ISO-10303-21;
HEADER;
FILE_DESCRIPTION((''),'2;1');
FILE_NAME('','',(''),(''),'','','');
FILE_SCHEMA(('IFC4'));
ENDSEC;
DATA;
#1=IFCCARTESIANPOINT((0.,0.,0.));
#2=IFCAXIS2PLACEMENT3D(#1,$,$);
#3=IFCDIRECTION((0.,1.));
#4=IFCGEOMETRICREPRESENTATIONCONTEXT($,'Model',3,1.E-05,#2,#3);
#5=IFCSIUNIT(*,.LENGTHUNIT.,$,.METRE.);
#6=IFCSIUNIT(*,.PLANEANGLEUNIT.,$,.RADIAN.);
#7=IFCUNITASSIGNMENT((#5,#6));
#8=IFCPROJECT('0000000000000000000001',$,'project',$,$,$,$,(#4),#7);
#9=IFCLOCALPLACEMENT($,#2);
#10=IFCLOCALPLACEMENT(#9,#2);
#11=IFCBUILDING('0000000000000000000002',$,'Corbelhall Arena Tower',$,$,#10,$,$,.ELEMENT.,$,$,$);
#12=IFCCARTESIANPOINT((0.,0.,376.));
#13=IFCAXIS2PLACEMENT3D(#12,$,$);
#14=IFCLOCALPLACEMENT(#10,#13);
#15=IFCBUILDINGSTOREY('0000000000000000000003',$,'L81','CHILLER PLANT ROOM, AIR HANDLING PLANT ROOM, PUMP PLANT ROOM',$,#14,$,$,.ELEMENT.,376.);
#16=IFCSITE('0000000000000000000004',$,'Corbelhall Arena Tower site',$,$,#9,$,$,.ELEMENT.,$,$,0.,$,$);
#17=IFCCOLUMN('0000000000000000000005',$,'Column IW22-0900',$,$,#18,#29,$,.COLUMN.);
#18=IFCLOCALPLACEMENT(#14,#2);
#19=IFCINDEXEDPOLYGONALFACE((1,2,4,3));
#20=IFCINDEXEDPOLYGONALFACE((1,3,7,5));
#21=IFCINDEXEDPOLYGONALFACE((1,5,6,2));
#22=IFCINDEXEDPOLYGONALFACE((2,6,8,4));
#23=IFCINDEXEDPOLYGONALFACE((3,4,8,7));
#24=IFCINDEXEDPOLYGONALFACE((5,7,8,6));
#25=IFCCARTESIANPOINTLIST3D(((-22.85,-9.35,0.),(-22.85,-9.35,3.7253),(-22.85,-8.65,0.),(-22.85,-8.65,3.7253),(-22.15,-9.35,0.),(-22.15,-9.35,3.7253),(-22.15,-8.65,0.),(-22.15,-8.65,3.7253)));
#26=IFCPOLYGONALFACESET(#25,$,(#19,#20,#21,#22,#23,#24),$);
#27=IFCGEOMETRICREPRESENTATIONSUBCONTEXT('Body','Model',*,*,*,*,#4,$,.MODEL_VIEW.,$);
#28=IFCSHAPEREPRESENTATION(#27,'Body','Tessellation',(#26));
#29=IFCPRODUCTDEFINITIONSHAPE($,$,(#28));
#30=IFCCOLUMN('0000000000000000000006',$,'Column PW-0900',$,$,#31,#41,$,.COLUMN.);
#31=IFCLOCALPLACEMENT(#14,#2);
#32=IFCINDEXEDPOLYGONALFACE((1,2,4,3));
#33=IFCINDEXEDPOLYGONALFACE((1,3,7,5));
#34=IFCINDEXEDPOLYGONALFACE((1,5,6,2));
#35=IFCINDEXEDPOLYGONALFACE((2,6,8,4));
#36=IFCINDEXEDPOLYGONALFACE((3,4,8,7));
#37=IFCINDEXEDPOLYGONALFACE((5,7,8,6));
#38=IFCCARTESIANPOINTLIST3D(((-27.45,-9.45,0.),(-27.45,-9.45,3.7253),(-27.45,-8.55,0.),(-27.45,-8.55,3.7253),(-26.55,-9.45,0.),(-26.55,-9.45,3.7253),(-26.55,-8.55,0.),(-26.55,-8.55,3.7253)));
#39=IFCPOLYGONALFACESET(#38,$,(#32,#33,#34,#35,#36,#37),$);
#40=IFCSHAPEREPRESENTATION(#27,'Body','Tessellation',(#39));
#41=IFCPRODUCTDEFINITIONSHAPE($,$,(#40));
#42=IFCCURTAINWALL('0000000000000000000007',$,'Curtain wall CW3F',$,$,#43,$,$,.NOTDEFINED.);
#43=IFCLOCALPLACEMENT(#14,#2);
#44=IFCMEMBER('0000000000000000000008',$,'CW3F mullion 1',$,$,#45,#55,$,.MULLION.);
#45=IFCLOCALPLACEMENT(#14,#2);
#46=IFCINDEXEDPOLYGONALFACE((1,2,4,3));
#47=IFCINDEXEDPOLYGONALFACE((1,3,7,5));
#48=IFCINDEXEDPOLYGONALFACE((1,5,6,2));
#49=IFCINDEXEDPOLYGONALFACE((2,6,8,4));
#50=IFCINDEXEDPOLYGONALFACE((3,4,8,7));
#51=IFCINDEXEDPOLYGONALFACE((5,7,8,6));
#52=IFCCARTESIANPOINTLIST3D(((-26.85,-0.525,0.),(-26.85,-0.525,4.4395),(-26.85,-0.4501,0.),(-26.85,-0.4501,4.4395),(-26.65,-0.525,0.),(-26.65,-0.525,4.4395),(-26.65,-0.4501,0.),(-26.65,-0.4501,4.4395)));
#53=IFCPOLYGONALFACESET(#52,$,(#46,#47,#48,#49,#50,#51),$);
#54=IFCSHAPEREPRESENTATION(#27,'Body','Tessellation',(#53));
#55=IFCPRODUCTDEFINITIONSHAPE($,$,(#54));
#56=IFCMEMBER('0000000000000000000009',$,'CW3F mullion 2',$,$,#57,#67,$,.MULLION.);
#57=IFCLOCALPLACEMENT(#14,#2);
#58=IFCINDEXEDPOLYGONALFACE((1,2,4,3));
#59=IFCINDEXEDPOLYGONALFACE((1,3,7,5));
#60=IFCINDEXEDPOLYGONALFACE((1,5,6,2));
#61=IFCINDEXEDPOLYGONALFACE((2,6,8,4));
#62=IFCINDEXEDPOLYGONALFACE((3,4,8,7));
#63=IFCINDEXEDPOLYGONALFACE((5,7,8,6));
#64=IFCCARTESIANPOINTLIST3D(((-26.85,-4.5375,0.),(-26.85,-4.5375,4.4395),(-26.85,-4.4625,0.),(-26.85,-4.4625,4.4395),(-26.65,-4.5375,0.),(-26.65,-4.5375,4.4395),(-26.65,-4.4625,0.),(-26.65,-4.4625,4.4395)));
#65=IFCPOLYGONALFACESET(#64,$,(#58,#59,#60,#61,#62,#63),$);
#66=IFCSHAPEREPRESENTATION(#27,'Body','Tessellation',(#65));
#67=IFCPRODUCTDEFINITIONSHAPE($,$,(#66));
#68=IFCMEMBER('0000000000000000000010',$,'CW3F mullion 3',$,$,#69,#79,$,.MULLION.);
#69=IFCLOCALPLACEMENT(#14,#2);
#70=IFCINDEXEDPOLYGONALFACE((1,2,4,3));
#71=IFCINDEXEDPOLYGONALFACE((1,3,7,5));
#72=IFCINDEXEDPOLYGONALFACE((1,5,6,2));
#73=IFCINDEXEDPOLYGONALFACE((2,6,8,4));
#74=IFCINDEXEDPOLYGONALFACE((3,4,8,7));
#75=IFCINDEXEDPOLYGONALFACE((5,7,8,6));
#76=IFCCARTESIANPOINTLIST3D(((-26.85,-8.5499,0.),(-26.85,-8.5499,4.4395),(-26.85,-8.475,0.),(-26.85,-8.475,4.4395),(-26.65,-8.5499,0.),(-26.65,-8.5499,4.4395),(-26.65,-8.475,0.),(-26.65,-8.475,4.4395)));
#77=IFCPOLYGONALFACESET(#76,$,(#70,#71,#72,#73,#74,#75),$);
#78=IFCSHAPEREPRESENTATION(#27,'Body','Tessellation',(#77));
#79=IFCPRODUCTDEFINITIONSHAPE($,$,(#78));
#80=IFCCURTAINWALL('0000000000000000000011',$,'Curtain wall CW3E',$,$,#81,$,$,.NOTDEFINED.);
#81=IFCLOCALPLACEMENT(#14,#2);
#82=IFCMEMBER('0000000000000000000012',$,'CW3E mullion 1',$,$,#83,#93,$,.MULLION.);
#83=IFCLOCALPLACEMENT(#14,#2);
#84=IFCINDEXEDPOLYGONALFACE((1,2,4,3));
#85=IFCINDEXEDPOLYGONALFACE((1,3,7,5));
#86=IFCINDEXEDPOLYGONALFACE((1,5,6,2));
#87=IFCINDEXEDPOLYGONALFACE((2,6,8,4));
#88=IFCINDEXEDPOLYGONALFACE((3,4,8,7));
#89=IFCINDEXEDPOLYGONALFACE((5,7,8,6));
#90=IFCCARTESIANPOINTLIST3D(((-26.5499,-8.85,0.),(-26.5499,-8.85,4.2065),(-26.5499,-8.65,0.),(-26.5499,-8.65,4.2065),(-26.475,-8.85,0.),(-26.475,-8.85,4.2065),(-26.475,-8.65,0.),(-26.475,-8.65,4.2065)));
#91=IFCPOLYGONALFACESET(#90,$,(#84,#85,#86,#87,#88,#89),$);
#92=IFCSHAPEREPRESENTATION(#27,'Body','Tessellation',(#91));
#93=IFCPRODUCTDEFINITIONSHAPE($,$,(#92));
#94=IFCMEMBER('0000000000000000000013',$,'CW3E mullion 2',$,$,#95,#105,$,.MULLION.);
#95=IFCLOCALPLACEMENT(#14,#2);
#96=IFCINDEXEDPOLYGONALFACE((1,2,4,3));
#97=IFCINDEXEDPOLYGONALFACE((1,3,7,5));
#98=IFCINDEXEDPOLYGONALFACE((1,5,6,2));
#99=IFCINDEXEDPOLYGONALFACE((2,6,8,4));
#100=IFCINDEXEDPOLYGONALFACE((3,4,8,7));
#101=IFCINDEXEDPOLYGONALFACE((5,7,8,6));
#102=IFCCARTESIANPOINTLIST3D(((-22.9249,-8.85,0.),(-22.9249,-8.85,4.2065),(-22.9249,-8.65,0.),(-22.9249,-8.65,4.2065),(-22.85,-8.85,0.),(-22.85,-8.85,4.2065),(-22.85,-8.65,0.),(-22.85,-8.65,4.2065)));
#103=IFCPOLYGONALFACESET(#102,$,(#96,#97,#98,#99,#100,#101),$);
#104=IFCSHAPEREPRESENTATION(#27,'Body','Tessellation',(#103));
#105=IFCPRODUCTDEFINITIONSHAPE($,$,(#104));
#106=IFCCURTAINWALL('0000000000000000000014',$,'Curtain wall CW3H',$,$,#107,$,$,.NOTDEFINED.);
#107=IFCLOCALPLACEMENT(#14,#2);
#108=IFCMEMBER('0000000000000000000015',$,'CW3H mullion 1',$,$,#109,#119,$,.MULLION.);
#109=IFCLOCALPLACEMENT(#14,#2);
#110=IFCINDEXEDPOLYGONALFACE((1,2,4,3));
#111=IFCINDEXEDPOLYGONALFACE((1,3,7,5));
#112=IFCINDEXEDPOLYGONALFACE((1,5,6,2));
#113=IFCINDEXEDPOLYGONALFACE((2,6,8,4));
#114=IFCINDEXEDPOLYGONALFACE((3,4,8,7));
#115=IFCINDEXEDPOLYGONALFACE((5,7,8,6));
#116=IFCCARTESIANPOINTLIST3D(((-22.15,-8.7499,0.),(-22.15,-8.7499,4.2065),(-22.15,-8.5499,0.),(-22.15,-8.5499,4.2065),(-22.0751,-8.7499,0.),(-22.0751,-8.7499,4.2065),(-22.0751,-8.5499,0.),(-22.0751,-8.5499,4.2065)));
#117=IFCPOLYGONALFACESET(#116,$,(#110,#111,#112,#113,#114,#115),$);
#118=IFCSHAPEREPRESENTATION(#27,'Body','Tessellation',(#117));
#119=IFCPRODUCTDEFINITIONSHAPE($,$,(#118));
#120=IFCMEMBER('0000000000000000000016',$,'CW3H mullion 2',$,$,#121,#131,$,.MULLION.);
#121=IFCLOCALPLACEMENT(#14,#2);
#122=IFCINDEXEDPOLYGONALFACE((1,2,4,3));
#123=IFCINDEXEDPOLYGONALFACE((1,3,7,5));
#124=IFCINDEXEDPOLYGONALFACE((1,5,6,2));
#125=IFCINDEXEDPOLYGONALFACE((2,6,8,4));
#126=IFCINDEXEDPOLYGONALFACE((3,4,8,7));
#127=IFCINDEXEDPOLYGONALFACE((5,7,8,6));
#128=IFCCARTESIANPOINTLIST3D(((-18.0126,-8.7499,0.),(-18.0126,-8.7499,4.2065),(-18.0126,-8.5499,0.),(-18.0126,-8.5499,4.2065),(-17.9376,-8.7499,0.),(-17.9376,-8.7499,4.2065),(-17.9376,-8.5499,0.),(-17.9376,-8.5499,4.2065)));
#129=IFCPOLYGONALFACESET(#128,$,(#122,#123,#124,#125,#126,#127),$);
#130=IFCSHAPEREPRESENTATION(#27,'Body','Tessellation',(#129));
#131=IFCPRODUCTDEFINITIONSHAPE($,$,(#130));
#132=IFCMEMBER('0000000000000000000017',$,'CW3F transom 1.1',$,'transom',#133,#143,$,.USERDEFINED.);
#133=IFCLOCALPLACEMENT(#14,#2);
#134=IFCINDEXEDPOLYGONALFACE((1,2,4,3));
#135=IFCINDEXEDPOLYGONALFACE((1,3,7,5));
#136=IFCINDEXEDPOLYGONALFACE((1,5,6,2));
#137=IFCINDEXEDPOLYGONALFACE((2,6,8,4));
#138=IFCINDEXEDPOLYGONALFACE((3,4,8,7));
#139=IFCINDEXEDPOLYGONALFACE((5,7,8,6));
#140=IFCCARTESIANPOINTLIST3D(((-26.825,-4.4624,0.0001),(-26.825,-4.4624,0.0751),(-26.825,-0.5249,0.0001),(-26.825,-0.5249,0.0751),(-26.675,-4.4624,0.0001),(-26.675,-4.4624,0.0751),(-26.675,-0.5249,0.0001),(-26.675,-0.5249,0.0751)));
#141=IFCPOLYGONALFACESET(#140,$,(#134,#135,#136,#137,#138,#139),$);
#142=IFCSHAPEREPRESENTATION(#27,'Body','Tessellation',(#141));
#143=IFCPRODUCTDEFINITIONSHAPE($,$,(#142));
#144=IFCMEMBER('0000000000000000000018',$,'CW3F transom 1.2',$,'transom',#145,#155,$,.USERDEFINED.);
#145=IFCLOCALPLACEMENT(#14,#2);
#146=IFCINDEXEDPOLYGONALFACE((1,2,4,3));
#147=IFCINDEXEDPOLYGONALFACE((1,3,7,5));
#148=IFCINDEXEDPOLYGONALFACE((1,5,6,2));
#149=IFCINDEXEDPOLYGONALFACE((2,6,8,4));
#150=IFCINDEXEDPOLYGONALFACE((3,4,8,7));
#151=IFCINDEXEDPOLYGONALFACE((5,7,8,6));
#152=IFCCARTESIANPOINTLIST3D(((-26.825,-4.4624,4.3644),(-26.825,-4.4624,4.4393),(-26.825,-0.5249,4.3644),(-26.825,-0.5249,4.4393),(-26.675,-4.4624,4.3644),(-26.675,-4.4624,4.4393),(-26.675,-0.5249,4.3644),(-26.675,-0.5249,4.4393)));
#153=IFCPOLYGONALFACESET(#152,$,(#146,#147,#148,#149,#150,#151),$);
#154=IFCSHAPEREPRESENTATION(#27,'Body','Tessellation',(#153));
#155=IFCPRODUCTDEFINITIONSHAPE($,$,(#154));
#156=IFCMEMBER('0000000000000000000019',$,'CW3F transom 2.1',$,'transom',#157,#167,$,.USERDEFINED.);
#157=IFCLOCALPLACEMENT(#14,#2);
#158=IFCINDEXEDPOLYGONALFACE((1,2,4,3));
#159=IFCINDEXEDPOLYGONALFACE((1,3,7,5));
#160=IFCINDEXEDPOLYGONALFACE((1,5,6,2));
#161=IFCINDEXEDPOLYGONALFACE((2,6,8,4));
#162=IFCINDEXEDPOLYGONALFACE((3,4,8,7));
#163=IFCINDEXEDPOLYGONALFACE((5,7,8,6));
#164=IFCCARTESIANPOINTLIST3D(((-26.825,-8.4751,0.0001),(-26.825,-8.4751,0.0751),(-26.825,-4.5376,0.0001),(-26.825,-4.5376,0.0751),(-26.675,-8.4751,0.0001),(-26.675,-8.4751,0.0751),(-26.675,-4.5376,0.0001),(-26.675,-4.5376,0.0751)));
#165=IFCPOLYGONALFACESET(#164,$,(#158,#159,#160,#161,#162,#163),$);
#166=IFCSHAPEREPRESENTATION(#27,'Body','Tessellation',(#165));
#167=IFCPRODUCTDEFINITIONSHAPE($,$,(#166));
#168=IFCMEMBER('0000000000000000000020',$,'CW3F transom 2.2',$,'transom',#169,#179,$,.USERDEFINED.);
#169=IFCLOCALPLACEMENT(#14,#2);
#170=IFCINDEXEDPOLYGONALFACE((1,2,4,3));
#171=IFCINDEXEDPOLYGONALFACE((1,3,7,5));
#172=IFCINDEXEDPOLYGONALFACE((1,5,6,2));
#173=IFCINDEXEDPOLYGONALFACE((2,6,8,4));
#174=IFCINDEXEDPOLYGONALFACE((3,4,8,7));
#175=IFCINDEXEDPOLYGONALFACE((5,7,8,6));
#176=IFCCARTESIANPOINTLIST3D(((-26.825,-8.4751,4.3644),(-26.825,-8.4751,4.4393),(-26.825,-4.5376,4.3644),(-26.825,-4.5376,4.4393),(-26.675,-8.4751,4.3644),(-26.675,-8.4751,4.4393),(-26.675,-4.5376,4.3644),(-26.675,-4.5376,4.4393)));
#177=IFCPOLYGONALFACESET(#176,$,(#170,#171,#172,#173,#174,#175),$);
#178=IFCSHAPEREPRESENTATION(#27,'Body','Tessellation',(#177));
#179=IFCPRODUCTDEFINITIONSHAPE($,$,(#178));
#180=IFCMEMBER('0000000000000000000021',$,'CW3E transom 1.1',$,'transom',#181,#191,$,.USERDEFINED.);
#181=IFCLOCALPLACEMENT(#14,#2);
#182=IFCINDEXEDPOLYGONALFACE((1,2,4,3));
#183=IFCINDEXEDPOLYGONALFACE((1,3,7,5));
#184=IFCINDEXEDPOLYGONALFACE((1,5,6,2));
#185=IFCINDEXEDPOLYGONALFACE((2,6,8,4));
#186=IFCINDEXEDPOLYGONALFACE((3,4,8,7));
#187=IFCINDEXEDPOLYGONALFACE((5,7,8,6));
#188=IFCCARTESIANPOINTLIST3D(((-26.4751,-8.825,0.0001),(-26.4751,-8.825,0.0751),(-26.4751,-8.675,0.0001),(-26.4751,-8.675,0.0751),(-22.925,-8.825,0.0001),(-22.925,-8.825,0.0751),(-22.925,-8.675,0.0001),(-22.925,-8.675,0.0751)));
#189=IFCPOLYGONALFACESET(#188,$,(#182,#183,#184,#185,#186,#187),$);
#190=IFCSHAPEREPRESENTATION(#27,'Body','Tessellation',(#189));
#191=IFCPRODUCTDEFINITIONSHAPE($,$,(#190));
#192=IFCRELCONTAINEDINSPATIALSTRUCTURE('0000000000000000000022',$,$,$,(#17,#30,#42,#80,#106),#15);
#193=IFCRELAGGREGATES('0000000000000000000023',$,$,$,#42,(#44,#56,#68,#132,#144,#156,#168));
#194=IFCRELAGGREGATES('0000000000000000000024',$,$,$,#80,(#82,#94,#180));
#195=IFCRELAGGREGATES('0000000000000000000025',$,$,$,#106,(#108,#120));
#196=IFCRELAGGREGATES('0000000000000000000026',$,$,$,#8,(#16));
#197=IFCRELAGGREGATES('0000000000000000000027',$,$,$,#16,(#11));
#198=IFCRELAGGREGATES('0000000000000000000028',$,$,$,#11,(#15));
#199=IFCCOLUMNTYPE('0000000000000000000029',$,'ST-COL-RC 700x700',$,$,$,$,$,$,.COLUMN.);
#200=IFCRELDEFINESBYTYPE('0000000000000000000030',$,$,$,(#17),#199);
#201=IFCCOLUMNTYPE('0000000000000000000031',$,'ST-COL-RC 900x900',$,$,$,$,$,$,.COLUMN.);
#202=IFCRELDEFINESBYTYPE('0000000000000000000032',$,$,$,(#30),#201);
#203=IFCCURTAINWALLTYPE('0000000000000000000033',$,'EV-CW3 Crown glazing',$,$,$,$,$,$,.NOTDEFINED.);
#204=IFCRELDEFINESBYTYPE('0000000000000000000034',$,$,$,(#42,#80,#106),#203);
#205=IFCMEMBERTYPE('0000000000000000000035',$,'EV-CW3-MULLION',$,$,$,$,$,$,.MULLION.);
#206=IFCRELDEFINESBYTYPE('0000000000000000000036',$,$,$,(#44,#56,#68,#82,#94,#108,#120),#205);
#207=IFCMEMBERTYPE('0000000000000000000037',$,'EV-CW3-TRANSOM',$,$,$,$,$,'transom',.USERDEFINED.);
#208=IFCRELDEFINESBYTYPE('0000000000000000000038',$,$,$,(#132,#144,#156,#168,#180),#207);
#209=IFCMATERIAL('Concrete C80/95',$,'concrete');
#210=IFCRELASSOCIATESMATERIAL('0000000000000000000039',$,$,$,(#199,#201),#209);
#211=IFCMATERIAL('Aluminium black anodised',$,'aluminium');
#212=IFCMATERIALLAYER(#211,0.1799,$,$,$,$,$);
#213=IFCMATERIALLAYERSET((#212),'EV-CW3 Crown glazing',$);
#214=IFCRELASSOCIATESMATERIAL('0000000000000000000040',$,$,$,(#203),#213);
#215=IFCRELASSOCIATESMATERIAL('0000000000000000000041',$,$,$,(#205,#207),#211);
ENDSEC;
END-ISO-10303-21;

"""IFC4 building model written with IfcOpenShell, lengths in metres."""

from ifc_helpers import new_model, si_unit, direction, frame, origin, origin_2d, place, context, subcontext, project, spatial, rectangle, extrude, material, layer, layer_set, material_profile, profile_set, type_object, element, aggregate, save


model = new_model("IFC4")

# Units and contexts
model_context = context("Model", 3, precision=1e-05, world=origin(), true_north=direction((0.0, 1.0)))
body_context = subcontext(model_context, "Body", "Model", "MODEL_VIEW")
ifc_project = project(units=[si_unit("LENGTHUNIT", "METRE"), si_unit("PLANEANGLEUNIT", "RADIAN")], contexts=[model_context])

# Site, building, storey
site_placement = place(None, origin())
site = spatial("IfcSite", under=ifc_project, at=site_placement, Name="Corbelhall Arena Tower site", CompositionType="ELEMENT", RefElevation=0.0)
building_placement = place(site_placement, origin())
building = spatial("IfcBuilding", under=site, at=building_placement, Name="Corbelhall Arena Tower", CompositionType="ELEMENT")
storey_placement = place(building_placement, frame((0.0, 0.0, 376.0)))
storey = spatial("IfcBuildingStorey", under=building, at=storey_placement, Name="L81", Description="CHILLER PLANT ROOM, AIR HANDLING PLANT ROOM, PUMP PLANT ROOM", CompositionType="ELEMENT", Elevation=376.0)

# Columns
ifc_material_1 = material(Name="Concrete C80/95", Category="concrete")
ifc_material_profile_1 = material_profile(ifc_material_1, rectangle(XDim=0.7, YDim=0.7, at=origin_2d()))
ifc_profile_set_1 = profile_set([ifc_material_profile_1], Name="Concrete C80/95")
column_type_1 = type_object("IfcColumnType", Name="ST-COL-RC 700x700", PredefinedType="COLUMN", material=ifc_profile_set_1)
column_1_placement = place(storey_placement, frame((-22.5, -9.0, 0.0), z_axis=(0.0, 0.0, 1.0), x_axis=(1.0, 0.0, 0.0)))
element("IfcColumn", 1, at=column_1_placement, inside=storey, type_object=column_type_1, Name="Column IW22-0900", PredefinedType="COLUMN", context=body_context, shape_type="SweptSolid", body=[
    extrude(rectangle(XDim=0.7, YDim=0.7, at=origin_2d()), origin(), (0.0, 0.0, 1.0), 3.7253),
])
ifc_material_profile_2 = material_profile(ifc_material_1, rectangle(XDim=0.8999, YDim=0.8999, at=origin_2d()))
ifc_profile_set_2 = profile_set([ifc_material_profile_2], Name="Concrete C80/95")
column_type_2 = type_object("IfcColumnType", Name="ST-COL-RC 900x900", PredefinedType="COLUMN", material=ifc_profile_set_2)
column_2_placement = place(storey_placement, frame((-27.0, -9.0, 0.0), z_axis=(0.0, 0.0, 1.0), x_axis=(0.0, 1.0, 0.0)))
element("IfcColumn", 2, at=column_2_placement, inside=storey, type_object=column_type_2, Name="Column PW-0900", PredefinedType="COLUMN", context=body_context, shape_type="SweptSolid", body=[
    extrude(rectangle(XDim=0.8999, YDim=0.8999, at=origin_2d()), origin(), (0.0, 0.0, 1.0), 3.7253),
])

# Curtain walls, members
ifc_material_2 = material(Name="Aluminium black anodised", Category="aluminium")
ifc_layer_1 = layer(ifc_material_2, 0.1799)
ifc_layer_set_1 = layer_set([ifc_layer_1], Name="EV-CW3 Crown glazing")
curtain_wall_type = type_object("IfcCurtainWallType", Name="EV-CW3 Crown glazing", PredefinedType="NOTDEFINED", material=ifc_layer_set_1)
curtain_wall_1_placement = place(storey_placement, origin())
curtain_wall_1 = element("IfcCurtainWall", 3, at=curtain_wall_1_placement, inside=storey, type_object=curtain_wall_type, Name="Curtain wall CW3F", PredefinedType="NOTDEFINED")
ifc_material_profile_3 = material_profile(ifc_material_2, rectangle(XDim=0.2, YDim=0.075, at=origin_2d()))
ifc_profile_set_3 = profile_set([ifc_material_profile_3], Name="Aluminium black anodised")
member_type_1 = type_object("IfcMemberType", Name="EV-CW3-MULLION", PredefinedType="MULLION", material=ifc_profile_set_3)
member_1_placement = place(storey_placement, frame((-26.75, -0.4875, 0.0), z_axis=(0.0, 0.0, 1.0), x_axis=(1.0, 0.0, 0.0)))
member_1 = element("IfcMember", 4, at=member_1_placement, type_object=member_type_1, Name="CW3F mullion 1", PredefinedType="MULLION", context=body_context, shape_type="SweptSolid", body=[
    extrude(rectangle(XDim=0.2, YDim=0.075, at=origin_2d()), origin(), (0.0, 0.0, 1.0), 4.4395),
])
member_2_placement = place(storey_placement, frame((-26.75, -4.5, 0.0), z_axis=(0.0, 0.0, 1.0), x_axis=(1.0, 0.0, 0.0)))
member_2 = element("IfcMember", 5, at=member_2_placement, type_object=member_type_1, Name="CW3F mullion 2", PredefinedType="MULLION", context=body_context, shape_type="SweptSolid", body=[
    extrude(rectangle(XDim=0.2, YDim=0.075, at=origin_2d()), origin(), (0.0, 0.0, 1.0), 4.4395),
])
member_3_placement = place(storey_placement, frame((-26.75, -8.5125, 0.0), z_axis=(0.0, 0.0, 1.0), x_axis=(1.0, 0.0, 0.0)))
member_3 = element("IfcMember", 6, at=member_3_placement, type_object=member_type_1, Name="CW3F mullion 3", PredefinedType="MULLION", context=body_context, shape_type="SweptSolid", body=[
    extrude(rectangle(XDim=0.2, YDim=0.075, at=origin_2d()), origin(), (0.0, 0.0, 1.0), 4.4395),
])
curtain_wall_2_placement = place(storey_placement, origin())
curtain_wall_2 = element("IfcCurtainWall", 7, at=curtain_wall_2_placement, inside=storey, type_object=curtain_wall_type, Name="Curtain wall CW3E", PredefinedType="NOTDEFINED")
member_4_placement = place(storey_placement, frame((-26.5125, -8.75, 0.0), z_axis=(0.0, 0.0, 1.0), x_axis=(0.0, 1.0, 0.0)))
member_4 = element("IfcMember", 8, at=member_4_placement, type_object=member_type_1, Name="CW3E mullion 1", PredefinedType="MULLION", context=body_context, shape_type="SweptSolid", body=[
    extrude(rectangle(XDim=0.2, YDim=0.075, at=origin_2d()), origin(), (0.0, 0.0, 1.0), 4.2065),
])
member_5_placement = place(storey_placement, frame((-22.8875, -8.75, 0.0), z_axis=(0.0, 0.0, 1.0), x_axis=(0.0, 1.0, 0.0)))
member_5 = element("IfcMember", 9, at=member_5_placement, type_object=member_type_1, Name="CW3E mullion 2", PredefinedType="MULLION", context=body_context, shape_type="SweptSolid", body=[
    extrude(rectangle(XDim=0.2, YDim=0.075, at=origin_2d()), origin(), (0.0, 0.0, 1.0), 4.2065),
])
curtain_wall_3_placement = place(storey_placement, origin())
curtain_wall_3 = element("IfcCurtainWall", 10, at=curtain_wall_3_placement, inside=storey, type_object=curtain_wall_type, Name="Curtain wall CW3H", PredefinedType="NOTDEFINED")
member_6_placement = place(storey_placement, frame((-22.1125, -8.6499, 0.0), z_axis=(0.0, 0.0, 1.0), x_axis=(0.0, 1.0, 0.0)))
member_6 = element("IfcMember", 11, at=member_6_placement, type_object=member_type_1, Name="CW3H mullion 1", PredefinedType="MULLION", context=body_context, shape_type="SweptSolid", body=[
    extrude(rectangle(XDim=0.2, YDim=0.075, at=origin_2d()), origin(), (0.0, 0.0, 1.0), 4.2065),
])
member_7_placement = place(storey_placement, frame((-17.9751, -8.6499, 0.0), z_axis=(0.0, 0.0, 1.0), x_axis=(0.0, 1.0, 0.0)))
member_7 = element("IfcMember", 12, at=member_7_placement, type_object=member_type_1, Name="CW3H mullion 2", PredefinedType="MULLION", context=body_context, shape_type="SweptSolid", body=[
    extrude(rectangle(XDim=0.2, YDim=0.075, at=origin_2d()), origin(), (0.0, 0.0, 1.0), 4.2065),
])

# Members
ifc_material_profile_4 = material_profile(ifc_material_2, rectangle(XDim=0.1499, YDim=0.075, at=origin_2d()))
ifc_profile_set_4 = profile_set([ifc_material_profile_4], Name="Aluminium black anodised")
member_type_2 = type_object("IfcMemberType", Name="EV-CW3-TRANSOM", ElementType="transom", PredefinedType="USERDEFINED", material=ifc_profile_set_4)
member_8_placement = place(storey_placement, frame((-26.75, -0.5249, 0.0376), z_axis=(0.0, -1.0, 0.0), x_axis=(1.0, 0.0, 0.0)))
member_8 = element("IfcMember", 13, at=member_8_placement, type_object=member_type_2, Name="CW3F transom 1.1", ObjectType="transom", PredefinedType="USERDEFINED", context=body_context, shape_type="SweptSolid", body=[
    extrude(rectangle(XDim=0.1499, YDim=0.075, at=origin_2d()), origin(), (0.0, 0.0, 1.0), 3.9375),
])
member_9_placement = place(storey_placement, frame((-26.75, -0.5249, 4.4019), z_axis=(0.0, -1.0, 0.0), x_axis=(1.0, 0.0, 0.0)))
member_9 = element("IfcMember", 14, at=member_9_placement, type_object=member_type_2, Name="CW3F transom 1.2", ObjectType="transom", PredefinedType="USERDEFINED", context=body_context, shape_type="SweptSolid", body=[
    extrude(rectangle(XDim=0.1499, YDim=0.075, at=origin_2d()), origin(), (0.0, 0.0, 1.0), 3.9375),
])
member_10_placement = place(storey_placement, frame((-26.75, -4.5376, 0.0376), z_axis=(0.0, -1.0, 0.0), x_axis=(1.0, 0.0, 0.0)))
member_10 = element("IfcMember", 15, at=member_10_placement, type_object=member_type_2, Name="CW3F transom 2.1", ObjectType="transom", PredefinedType="USERDEFINED", context=body_context, shape_type="SweptSolid", body=[
    extrude(rectangle(XDim=0.1499, YDim=0.075, at=origin_2d()), origin(), (0.0, 0.0, 1.0), 3.9375),
])
member_11_placement = place(storey_placement, frame((-26.75, -4.5376, 4.4019), z_axis=(0.0, -1.0, 0.0), x_axis=(1.0, 0.0, 0.0)))
member_11 = element("IfcMember", 16, at=member_11_placement, type_object=member_type_2, Name="CW3F transom 2.2", ObjectType="transom", PredefinedType="USERDEFINED", context=body_context, shape_type="SweptSolid", body=[
    extrude(rectangle(XDim=0.1499, YDim=0.075, at=origin_2d()), origin(), (0.0, 0.0, 1.0), 3.9375),
])
member_12_placement = place(storey_placement, frame((-26.4751, -8.75, 0.0376), z_axis=(1.0, 0.0, 0.0), x_axis=(0.0, 1.0, 0.0)))
member_12 = element("IfcMember", 17, at=member_12_placement, type_object=member_type_2, Name="CW3E transom 1.1", ObjectType="transom", PredefinedType="USERDEFINED", context=body_context, shape_type="SweptSolid", body=[
    extrude(rectangle(XDim=0.1499, YDim=0.075, at=origin_2d()), origin(), (0.0, 0.0, 1.0), 3.55),
])

aggregate(curtain_wall_1, [member_1, member_2, member_3, member_8, member_9, member_10, member_11])
aggregate(curtain_wall_2, [member_4, member_5, member_12])
aggregate(curtain_wall_3, [member_6, member_7])

save(model, "model.ifc")
